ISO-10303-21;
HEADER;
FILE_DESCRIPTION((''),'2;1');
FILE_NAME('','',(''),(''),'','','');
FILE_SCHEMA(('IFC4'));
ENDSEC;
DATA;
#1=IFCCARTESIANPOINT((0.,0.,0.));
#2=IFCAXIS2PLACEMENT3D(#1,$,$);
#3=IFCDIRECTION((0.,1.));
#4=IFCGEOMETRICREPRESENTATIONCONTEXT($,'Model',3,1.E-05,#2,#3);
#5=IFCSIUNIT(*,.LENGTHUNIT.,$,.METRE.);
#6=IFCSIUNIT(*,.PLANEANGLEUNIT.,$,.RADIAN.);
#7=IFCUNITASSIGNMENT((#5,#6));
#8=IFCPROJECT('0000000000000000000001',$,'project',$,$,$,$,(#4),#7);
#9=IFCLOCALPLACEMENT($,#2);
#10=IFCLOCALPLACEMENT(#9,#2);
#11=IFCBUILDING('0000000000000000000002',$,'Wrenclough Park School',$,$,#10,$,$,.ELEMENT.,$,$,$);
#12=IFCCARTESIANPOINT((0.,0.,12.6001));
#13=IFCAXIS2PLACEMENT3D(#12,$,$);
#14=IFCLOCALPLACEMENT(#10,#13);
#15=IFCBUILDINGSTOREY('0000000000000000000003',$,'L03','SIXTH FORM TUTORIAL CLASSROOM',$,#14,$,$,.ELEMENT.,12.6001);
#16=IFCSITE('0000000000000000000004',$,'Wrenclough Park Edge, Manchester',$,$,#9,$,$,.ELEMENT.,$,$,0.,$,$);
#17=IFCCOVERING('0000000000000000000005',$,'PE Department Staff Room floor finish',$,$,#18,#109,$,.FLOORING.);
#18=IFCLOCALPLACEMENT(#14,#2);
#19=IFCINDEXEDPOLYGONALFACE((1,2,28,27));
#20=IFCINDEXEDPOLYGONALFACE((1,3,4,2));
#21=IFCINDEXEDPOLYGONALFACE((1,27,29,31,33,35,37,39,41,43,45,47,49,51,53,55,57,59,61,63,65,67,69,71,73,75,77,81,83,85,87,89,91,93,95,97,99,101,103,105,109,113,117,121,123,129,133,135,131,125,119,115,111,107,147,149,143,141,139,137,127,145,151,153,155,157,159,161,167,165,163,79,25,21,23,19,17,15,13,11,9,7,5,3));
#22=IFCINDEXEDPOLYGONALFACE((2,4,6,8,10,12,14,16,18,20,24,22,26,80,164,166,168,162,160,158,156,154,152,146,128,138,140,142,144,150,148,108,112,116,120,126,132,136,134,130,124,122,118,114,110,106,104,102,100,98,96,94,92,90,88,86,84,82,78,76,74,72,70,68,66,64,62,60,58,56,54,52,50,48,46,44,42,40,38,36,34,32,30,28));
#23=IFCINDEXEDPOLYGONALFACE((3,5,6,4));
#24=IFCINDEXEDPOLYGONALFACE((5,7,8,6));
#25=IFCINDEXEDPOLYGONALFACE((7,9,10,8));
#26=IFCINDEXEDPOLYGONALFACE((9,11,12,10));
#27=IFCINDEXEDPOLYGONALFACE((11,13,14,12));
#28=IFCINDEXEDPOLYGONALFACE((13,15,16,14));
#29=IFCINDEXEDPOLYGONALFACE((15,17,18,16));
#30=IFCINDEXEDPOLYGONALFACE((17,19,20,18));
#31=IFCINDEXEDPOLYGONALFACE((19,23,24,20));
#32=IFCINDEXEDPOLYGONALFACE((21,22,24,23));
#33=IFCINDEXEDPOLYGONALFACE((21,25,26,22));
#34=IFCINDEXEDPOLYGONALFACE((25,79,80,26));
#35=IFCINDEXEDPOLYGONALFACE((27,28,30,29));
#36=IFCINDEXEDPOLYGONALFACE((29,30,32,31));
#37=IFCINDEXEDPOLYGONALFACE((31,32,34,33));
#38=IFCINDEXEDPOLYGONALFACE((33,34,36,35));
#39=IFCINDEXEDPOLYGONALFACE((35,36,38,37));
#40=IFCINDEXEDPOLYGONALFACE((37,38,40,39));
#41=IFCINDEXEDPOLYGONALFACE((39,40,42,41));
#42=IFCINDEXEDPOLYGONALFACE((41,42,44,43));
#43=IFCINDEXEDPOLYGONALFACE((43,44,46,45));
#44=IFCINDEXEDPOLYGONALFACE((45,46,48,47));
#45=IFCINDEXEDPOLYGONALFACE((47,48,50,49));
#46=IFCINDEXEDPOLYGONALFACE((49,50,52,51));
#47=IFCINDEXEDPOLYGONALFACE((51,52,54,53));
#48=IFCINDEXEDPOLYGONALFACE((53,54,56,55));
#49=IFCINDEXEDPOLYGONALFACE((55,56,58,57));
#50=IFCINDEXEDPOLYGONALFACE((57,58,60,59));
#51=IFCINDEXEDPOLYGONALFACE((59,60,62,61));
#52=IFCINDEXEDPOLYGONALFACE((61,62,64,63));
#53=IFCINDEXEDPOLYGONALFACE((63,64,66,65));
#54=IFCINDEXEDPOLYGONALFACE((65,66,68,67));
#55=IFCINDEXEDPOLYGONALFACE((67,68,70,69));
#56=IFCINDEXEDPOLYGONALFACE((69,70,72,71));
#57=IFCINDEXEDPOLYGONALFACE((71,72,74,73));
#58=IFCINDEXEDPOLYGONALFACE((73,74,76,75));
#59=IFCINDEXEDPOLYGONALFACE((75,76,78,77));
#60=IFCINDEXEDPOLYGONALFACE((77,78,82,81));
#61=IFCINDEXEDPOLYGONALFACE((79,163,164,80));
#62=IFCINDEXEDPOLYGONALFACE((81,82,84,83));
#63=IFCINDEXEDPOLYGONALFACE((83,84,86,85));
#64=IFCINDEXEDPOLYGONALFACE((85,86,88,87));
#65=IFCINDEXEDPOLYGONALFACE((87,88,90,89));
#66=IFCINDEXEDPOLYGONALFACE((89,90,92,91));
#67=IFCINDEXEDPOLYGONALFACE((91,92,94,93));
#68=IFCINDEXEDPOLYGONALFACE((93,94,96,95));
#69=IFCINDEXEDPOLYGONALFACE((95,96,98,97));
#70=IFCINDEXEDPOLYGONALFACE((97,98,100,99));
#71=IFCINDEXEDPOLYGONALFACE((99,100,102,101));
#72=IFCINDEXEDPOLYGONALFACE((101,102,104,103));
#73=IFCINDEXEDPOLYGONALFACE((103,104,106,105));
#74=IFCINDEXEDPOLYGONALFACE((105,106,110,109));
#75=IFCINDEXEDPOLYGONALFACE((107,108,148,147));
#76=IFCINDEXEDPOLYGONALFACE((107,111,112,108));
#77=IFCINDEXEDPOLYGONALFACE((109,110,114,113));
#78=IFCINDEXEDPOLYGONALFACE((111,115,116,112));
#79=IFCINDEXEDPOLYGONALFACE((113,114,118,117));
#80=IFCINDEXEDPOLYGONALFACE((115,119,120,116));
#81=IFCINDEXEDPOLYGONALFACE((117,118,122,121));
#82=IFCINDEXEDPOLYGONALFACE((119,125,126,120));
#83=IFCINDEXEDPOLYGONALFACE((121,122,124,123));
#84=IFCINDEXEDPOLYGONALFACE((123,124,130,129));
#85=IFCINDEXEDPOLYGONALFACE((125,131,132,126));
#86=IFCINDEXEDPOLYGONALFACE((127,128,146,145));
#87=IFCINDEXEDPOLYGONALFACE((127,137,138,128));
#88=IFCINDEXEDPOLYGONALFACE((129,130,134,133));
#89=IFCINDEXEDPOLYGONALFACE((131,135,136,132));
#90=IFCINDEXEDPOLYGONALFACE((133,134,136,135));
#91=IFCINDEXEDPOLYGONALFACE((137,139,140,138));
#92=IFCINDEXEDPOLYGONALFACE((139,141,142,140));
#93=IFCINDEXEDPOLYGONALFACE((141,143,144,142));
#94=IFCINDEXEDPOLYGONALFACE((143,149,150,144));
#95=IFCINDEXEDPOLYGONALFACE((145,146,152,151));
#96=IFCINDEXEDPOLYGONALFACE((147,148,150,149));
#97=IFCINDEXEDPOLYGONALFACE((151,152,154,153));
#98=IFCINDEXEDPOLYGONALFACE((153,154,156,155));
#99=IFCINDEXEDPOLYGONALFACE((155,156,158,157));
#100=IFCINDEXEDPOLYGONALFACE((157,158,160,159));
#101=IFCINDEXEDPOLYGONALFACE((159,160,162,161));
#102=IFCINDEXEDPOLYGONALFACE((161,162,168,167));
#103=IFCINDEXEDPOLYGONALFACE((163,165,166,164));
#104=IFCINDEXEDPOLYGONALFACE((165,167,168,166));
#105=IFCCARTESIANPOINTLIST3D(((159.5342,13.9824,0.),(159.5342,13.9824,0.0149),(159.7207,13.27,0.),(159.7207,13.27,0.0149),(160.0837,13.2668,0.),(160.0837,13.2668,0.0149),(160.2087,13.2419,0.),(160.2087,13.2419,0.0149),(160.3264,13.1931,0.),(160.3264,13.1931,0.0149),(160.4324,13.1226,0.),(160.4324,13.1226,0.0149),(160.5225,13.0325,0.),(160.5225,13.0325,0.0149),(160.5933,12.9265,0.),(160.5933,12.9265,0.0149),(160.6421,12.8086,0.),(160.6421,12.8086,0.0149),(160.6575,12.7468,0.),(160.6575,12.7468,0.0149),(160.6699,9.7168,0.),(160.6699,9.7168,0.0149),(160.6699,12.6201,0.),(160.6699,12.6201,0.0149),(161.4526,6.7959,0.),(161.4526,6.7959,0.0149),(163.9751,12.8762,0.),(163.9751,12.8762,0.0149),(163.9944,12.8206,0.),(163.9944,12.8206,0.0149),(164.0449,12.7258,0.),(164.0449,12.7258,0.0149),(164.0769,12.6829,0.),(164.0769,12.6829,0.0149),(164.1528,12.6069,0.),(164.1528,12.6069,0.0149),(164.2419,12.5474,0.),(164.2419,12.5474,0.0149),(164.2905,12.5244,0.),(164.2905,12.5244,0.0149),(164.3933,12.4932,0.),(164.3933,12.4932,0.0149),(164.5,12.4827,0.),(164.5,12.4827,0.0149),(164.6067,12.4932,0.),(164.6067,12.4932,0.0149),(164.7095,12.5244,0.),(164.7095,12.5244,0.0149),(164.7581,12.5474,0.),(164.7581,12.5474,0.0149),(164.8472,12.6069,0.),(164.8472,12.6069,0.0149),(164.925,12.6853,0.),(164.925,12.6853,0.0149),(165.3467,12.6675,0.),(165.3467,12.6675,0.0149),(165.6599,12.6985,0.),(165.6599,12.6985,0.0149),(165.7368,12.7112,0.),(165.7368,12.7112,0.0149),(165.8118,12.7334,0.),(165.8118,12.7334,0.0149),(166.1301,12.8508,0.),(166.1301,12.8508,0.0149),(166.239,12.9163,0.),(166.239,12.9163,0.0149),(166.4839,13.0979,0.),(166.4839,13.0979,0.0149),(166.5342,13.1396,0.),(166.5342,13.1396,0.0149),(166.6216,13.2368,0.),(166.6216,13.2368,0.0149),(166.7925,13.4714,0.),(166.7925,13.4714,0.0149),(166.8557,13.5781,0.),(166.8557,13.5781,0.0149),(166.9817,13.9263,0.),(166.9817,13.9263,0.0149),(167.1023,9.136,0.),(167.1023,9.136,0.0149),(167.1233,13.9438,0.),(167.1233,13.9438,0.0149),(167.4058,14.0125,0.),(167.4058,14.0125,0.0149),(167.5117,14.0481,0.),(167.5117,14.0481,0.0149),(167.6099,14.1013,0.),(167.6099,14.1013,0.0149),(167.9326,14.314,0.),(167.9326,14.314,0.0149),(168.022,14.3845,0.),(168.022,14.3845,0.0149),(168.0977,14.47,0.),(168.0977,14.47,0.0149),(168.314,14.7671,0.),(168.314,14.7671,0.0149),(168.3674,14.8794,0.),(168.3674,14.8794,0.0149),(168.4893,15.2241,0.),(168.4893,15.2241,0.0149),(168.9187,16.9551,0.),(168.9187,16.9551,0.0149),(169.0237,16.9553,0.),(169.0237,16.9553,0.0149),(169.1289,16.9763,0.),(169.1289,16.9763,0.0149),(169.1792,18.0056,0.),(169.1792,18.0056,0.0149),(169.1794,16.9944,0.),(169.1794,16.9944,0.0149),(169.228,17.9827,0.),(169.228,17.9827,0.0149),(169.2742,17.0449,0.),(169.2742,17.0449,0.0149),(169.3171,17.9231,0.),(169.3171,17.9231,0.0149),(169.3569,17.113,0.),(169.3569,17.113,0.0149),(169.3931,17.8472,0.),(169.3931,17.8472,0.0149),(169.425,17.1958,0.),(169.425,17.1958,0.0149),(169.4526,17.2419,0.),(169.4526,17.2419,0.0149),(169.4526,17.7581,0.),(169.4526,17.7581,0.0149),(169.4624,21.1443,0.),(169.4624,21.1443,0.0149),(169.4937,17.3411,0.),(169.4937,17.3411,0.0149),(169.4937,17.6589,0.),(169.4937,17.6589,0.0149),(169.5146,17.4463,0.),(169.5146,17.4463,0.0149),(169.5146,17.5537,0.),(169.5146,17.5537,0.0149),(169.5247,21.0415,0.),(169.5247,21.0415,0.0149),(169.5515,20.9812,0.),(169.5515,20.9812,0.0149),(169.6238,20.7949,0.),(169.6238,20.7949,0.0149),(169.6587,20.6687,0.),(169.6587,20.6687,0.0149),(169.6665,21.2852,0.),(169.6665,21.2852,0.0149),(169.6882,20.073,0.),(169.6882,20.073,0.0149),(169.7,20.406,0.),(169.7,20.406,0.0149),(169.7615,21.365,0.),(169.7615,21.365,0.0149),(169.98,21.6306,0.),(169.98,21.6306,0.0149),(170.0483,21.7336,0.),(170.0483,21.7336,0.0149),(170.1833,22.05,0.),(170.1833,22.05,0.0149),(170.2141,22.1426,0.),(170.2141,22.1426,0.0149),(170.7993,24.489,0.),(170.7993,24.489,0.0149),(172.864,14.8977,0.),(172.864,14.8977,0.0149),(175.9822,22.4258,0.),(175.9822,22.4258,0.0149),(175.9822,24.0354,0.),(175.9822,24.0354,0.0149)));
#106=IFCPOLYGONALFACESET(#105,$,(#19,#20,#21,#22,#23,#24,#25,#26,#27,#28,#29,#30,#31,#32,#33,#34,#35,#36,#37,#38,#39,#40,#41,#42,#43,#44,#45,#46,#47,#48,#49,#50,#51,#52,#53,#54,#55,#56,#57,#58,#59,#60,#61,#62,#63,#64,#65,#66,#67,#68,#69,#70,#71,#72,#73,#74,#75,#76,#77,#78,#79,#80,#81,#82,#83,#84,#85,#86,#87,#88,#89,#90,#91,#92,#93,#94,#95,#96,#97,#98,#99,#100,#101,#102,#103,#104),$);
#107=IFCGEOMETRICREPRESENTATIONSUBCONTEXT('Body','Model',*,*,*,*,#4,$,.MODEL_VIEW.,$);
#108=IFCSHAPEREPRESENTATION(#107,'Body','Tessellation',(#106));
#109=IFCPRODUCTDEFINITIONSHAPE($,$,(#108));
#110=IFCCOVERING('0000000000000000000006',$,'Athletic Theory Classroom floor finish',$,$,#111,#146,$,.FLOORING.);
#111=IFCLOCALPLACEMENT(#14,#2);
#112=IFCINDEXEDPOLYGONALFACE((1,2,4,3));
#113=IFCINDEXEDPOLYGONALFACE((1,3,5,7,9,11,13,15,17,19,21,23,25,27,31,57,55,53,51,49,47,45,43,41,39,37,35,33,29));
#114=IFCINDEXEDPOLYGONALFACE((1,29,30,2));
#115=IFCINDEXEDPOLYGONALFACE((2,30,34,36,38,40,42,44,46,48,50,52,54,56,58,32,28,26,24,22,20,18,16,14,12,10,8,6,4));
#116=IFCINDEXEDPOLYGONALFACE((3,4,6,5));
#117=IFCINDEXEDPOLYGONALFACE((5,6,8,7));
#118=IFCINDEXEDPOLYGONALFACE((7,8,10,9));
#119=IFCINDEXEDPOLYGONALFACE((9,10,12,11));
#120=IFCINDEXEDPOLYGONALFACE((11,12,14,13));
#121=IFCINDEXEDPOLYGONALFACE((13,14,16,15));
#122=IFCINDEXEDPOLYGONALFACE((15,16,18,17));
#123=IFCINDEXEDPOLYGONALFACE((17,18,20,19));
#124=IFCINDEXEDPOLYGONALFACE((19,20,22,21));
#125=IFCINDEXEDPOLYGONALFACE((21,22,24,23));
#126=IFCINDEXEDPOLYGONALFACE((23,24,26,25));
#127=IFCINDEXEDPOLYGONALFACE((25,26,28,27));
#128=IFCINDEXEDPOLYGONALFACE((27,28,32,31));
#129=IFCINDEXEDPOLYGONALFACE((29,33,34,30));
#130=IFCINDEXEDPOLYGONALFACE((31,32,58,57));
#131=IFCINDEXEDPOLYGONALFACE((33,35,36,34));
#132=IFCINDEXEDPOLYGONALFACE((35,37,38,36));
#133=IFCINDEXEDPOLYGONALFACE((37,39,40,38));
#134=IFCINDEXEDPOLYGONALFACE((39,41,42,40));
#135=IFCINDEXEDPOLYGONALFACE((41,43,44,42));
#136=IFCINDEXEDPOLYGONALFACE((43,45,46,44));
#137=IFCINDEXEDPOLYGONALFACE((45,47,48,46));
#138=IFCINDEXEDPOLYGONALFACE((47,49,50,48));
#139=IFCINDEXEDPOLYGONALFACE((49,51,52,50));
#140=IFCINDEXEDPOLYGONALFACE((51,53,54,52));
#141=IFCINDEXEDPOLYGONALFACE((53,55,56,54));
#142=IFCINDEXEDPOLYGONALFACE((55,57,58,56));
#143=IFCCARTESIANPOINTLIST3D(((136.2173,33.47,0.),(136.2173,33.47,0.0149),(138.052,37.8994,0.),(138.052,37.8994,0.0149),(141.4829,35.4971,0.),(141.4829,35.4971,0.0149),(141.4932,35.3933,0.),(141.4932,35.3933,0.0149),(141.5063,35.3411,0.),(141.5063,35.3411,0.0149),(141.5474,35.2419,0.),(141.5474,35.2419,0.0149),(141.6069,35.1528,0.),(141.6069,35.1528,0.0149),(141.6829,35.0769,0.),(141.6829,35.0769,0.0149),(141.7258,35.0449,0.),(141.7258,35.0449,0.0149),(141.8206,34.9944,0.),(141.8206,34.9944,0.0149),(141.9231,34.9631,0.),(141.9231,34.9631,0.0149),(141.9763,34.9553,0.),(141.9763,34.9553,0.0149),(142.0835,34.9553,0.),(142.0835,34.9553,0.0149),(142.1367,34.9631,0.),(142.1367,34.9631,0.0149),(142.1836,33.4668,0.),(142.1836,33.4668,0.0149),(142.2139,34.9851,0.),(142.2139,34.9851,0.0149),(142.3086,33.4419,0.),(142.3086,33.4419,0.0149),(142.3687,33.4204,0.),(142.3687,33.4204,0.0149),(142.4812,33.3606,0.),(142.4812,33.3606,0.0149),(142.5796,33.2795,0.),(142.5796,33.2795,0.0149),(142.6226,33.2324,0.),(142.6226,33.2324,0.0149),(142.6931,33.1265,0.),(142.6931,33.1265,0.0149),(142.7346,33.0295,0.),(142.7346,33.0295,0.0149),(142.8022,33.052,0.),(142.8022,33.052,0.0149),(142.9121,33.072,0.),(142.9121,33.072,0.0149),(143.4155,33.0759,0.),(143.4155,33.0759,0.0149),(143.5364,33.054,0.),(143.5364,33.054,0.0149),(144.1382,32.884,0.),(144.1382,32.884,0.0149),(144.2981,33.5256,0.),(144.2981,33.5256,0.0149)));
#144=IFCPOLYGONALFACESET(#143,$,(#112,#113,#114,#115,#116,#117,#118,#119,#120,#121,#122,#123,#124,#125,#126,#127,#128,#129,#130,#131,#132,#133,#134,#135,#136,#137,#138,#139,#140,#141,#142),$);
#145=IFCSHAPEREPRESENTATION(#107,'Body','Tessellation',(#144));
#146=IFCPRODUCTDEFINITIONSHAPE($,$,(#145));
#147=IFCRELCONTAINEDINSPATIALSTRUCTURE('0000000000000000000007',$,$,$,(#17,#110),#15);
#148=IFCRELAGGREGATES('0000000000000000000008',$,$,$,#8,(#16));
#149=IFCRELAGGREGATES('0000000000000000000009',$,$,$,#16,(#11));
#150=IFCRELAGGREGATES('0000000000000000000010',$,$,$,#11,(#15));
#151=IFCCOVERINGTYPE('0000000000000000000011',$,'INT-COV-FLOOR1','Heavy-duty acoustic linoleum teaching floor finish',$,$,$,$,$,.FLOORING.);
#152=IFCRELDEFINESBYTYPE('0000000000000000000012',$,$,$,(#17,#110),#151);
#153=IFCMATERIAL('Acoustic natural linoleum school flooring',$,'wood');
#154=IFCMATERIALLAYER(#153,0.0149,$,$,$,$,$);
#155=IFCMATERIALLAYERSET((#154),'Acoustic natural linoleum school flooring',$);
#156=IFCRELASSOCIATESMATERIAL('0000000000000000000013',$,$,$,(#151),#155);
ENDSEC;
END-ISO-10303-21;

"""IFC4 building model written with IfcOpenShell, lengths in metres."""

from ifc_helpers import new_model, si_unit, direction, frame, origin, place, context, subcontext, project, spatial, polyline, outline, extrude, material, layer, layer_set, type_object, element, save


model = new_model("IFC4")

# Units and contexts
model_context = context("Model", 3, precision=1e-05, world=origin(), true_north=direction((0.0, 1.0)))
body_context = subcontext(model_context, "Body", "Model", "MODEL_VIEW")
ifc_project = project(units=[si_unit("LENGTHUNIT", "METRE"), si_unit("PLANEANGLEUNIT", "RADIAN")], contexts=[model_context])

# Site, building, storey
site_placement = place(None, origin())
site = spatial("IfcSite", under=ifc_project, at=site_placement, Name="Wrenclough Park Edge, Manchester", CompositionType="ELEMENT", RefElevation=0.0)
building_placement = place(site_placement, origin())
building = spatial("IfcBuilding", under=site, at=building_placement, Name="Wrenclough Park School", CompositionType="ELEMENT")
storey_placement = place(building_placement, frame((0.0, 0.0, 12.6001)))
storey = spatial("IfcBuildingStorey", under=building, at=storey_placement, Name="L03", Description="SIXTH FORM TUTORIAL CLASSROOM", CompositionType="ELEMENT", Elevation=12.6001)

# Coverings
ifc_material_1 = material(Name="Acoustic natural linoleum school flooring", Category="wood")
ifc_layer_1 = layer(ifc_material_1, 0.0149)
ifc_layer_set_1 = layer_set([ifc_layer_1], Name="Acoustic natural linoleum school flooring")
covering_type_1 = type_object("IfcCoveringType", Name="INT-COV-FLOOR1", Description="Heavy-duty acoustic linoleum teaching floor finish", PredefinedType="FLOORING", material=ifc_layer_set_1)
covering_1_placement = place(storey_placement, origin())
element("IfcCovering", 1, at=covering_1_placement, inside=storey, type_object=covering_type_1, Name="PE Department Staff Room floor finish", PredefinedType="FLOORING", context=body_context, shape_type="SweptSolid", body=[
    extrude(outline(polyline([(163.9751, 12.8762), (159.5342, 13.9824), (159.7207, 13.27), (160.0837, 13.2668), (160.2087, 13.2419), (160.3264, 13.1931), (160.4324, 13.1226), (160.5225, 13.0325), (160.5933, 12.9265), (160.6421, 12.8086), (160.6575, 12.7468), (160.6699, 12.6201), (160.6699, 9.7168), (161.4526, 6.7959), (167.1023, 9.136), (172.864, 14.8977), (175.9822, 22.4258), (175.9822, 24.0354), (170.7993, 24.489), (170.2141, 22.1426), (170.1833, 22.05), (170.0483, 21.7336), (169.98, 21.6306), (169.7615, 21.365), (169.6665, 21.2852), (169.4624, 21.1443), (169.5247, 21.0415), (169.5515, 20.9812), (169.6238, 20.7949), (169.6587, 20.6687), (169.7, 20.406), (169.6882, 20.073), (169.1792, 18.0056), (169.228, 17.9827), (169.3171, 17.9231), (169.3931, 17.8472), (169.4526, 17.7581), (169.4937, 17.6589), (169.5146, 17.5537), (169.5146, 17.4463), (169.4937, 17.3411), (169.4526, 17.2419), (169.425, 17.1958), (169.3569, 17.113), (169.2742, 17.0449), (169.1794, 16.9944), (169.1289, 16.9763), (169.0237, 16.9553), (168.9187, 16.9551), (168.4893, 15.2241), (168.3674, 14.8794), (168.314, 14.7671), (168.0977, 14.47), (168.022, 14.3845), (167.9326, 14.314), (167.6099, 14.1013), (167.5117, 14.0481), (167.4058, 14.0125), (167.1233, 13.9438), (166.9817, 13.9263), (166.8557, 13.5781), (166.7925, 13.4714), (166.6216, 13.2368), (166.5342, 13.1396), (166.4839, 13.0979), (166.239, 12.9163), (166.1301, 12.8508), (165.8118, 12.7334), (165.7368, 12.7112), (165.6599, 12.6985), (165.3467, 12.6675), (164.925, 12.6853), (164.8472, 12.6069), (164.7581, 12.5474), (164.7095, 12.5244), (164.6067, 12.4932), (164.5, 12.4827), (164.3933, 12.4932), (164.2905, 12.5244), (164.2419, 12.5474), (164.1528, 12.6069), (164.0769, 12.6829), (164.0449, 12.7258), (163.9944, 12.8206), (163.9751, 12.8762)])), origin(), (0.0, 0.0, 1.0), 0.0149),
])
covering_2_placement = place(storey_placement, origin())
element("IfcCovering", 2, at=covering_2_placement, inside=storey, type_object=covering_type_1, Name="Athletic Theory Classroom floor finish", PredefinedType="FLOORING", context=body_context, shape_type="SweptSolid", body=[
    extrude(outline(polyline([(142.7346, 33.0295), (142.8022, 33.052), (142.9121, 33.072), (143.4155, 33.0759), (143.5364, 33.054), (144.1382, 32.884), (144.2981, 33.5256), (142.2139, 34.9851), (142.1367, 34.9631), (142.0835, 34.9553), (141.9763, 34.9553), (141.9231, 34.9631), (141.8206, 34.9944), (141.7258, 35.0449), (141.6829, 35.0769), (141.6069, 35.1528), (141.5474, 35.2419), (141.5063, 35.3411), (141.4932, 35.3933), (141.4829, 35.4971), (138.052, 37.8994), (136.2173, 33.47), (142.1836, 33.4668), (142.3086, 33.4419), (142.3687, 33.4204), (142.4812, 33.3606), (142.5796, 33.2795), (142.6226, 33.2324), (142.6931, 33.1265), (142.7346, 33.0295)])), origin(), (0.0, 0.0, 1.0), 0.0149),
])

save(model, "model.ifc")
